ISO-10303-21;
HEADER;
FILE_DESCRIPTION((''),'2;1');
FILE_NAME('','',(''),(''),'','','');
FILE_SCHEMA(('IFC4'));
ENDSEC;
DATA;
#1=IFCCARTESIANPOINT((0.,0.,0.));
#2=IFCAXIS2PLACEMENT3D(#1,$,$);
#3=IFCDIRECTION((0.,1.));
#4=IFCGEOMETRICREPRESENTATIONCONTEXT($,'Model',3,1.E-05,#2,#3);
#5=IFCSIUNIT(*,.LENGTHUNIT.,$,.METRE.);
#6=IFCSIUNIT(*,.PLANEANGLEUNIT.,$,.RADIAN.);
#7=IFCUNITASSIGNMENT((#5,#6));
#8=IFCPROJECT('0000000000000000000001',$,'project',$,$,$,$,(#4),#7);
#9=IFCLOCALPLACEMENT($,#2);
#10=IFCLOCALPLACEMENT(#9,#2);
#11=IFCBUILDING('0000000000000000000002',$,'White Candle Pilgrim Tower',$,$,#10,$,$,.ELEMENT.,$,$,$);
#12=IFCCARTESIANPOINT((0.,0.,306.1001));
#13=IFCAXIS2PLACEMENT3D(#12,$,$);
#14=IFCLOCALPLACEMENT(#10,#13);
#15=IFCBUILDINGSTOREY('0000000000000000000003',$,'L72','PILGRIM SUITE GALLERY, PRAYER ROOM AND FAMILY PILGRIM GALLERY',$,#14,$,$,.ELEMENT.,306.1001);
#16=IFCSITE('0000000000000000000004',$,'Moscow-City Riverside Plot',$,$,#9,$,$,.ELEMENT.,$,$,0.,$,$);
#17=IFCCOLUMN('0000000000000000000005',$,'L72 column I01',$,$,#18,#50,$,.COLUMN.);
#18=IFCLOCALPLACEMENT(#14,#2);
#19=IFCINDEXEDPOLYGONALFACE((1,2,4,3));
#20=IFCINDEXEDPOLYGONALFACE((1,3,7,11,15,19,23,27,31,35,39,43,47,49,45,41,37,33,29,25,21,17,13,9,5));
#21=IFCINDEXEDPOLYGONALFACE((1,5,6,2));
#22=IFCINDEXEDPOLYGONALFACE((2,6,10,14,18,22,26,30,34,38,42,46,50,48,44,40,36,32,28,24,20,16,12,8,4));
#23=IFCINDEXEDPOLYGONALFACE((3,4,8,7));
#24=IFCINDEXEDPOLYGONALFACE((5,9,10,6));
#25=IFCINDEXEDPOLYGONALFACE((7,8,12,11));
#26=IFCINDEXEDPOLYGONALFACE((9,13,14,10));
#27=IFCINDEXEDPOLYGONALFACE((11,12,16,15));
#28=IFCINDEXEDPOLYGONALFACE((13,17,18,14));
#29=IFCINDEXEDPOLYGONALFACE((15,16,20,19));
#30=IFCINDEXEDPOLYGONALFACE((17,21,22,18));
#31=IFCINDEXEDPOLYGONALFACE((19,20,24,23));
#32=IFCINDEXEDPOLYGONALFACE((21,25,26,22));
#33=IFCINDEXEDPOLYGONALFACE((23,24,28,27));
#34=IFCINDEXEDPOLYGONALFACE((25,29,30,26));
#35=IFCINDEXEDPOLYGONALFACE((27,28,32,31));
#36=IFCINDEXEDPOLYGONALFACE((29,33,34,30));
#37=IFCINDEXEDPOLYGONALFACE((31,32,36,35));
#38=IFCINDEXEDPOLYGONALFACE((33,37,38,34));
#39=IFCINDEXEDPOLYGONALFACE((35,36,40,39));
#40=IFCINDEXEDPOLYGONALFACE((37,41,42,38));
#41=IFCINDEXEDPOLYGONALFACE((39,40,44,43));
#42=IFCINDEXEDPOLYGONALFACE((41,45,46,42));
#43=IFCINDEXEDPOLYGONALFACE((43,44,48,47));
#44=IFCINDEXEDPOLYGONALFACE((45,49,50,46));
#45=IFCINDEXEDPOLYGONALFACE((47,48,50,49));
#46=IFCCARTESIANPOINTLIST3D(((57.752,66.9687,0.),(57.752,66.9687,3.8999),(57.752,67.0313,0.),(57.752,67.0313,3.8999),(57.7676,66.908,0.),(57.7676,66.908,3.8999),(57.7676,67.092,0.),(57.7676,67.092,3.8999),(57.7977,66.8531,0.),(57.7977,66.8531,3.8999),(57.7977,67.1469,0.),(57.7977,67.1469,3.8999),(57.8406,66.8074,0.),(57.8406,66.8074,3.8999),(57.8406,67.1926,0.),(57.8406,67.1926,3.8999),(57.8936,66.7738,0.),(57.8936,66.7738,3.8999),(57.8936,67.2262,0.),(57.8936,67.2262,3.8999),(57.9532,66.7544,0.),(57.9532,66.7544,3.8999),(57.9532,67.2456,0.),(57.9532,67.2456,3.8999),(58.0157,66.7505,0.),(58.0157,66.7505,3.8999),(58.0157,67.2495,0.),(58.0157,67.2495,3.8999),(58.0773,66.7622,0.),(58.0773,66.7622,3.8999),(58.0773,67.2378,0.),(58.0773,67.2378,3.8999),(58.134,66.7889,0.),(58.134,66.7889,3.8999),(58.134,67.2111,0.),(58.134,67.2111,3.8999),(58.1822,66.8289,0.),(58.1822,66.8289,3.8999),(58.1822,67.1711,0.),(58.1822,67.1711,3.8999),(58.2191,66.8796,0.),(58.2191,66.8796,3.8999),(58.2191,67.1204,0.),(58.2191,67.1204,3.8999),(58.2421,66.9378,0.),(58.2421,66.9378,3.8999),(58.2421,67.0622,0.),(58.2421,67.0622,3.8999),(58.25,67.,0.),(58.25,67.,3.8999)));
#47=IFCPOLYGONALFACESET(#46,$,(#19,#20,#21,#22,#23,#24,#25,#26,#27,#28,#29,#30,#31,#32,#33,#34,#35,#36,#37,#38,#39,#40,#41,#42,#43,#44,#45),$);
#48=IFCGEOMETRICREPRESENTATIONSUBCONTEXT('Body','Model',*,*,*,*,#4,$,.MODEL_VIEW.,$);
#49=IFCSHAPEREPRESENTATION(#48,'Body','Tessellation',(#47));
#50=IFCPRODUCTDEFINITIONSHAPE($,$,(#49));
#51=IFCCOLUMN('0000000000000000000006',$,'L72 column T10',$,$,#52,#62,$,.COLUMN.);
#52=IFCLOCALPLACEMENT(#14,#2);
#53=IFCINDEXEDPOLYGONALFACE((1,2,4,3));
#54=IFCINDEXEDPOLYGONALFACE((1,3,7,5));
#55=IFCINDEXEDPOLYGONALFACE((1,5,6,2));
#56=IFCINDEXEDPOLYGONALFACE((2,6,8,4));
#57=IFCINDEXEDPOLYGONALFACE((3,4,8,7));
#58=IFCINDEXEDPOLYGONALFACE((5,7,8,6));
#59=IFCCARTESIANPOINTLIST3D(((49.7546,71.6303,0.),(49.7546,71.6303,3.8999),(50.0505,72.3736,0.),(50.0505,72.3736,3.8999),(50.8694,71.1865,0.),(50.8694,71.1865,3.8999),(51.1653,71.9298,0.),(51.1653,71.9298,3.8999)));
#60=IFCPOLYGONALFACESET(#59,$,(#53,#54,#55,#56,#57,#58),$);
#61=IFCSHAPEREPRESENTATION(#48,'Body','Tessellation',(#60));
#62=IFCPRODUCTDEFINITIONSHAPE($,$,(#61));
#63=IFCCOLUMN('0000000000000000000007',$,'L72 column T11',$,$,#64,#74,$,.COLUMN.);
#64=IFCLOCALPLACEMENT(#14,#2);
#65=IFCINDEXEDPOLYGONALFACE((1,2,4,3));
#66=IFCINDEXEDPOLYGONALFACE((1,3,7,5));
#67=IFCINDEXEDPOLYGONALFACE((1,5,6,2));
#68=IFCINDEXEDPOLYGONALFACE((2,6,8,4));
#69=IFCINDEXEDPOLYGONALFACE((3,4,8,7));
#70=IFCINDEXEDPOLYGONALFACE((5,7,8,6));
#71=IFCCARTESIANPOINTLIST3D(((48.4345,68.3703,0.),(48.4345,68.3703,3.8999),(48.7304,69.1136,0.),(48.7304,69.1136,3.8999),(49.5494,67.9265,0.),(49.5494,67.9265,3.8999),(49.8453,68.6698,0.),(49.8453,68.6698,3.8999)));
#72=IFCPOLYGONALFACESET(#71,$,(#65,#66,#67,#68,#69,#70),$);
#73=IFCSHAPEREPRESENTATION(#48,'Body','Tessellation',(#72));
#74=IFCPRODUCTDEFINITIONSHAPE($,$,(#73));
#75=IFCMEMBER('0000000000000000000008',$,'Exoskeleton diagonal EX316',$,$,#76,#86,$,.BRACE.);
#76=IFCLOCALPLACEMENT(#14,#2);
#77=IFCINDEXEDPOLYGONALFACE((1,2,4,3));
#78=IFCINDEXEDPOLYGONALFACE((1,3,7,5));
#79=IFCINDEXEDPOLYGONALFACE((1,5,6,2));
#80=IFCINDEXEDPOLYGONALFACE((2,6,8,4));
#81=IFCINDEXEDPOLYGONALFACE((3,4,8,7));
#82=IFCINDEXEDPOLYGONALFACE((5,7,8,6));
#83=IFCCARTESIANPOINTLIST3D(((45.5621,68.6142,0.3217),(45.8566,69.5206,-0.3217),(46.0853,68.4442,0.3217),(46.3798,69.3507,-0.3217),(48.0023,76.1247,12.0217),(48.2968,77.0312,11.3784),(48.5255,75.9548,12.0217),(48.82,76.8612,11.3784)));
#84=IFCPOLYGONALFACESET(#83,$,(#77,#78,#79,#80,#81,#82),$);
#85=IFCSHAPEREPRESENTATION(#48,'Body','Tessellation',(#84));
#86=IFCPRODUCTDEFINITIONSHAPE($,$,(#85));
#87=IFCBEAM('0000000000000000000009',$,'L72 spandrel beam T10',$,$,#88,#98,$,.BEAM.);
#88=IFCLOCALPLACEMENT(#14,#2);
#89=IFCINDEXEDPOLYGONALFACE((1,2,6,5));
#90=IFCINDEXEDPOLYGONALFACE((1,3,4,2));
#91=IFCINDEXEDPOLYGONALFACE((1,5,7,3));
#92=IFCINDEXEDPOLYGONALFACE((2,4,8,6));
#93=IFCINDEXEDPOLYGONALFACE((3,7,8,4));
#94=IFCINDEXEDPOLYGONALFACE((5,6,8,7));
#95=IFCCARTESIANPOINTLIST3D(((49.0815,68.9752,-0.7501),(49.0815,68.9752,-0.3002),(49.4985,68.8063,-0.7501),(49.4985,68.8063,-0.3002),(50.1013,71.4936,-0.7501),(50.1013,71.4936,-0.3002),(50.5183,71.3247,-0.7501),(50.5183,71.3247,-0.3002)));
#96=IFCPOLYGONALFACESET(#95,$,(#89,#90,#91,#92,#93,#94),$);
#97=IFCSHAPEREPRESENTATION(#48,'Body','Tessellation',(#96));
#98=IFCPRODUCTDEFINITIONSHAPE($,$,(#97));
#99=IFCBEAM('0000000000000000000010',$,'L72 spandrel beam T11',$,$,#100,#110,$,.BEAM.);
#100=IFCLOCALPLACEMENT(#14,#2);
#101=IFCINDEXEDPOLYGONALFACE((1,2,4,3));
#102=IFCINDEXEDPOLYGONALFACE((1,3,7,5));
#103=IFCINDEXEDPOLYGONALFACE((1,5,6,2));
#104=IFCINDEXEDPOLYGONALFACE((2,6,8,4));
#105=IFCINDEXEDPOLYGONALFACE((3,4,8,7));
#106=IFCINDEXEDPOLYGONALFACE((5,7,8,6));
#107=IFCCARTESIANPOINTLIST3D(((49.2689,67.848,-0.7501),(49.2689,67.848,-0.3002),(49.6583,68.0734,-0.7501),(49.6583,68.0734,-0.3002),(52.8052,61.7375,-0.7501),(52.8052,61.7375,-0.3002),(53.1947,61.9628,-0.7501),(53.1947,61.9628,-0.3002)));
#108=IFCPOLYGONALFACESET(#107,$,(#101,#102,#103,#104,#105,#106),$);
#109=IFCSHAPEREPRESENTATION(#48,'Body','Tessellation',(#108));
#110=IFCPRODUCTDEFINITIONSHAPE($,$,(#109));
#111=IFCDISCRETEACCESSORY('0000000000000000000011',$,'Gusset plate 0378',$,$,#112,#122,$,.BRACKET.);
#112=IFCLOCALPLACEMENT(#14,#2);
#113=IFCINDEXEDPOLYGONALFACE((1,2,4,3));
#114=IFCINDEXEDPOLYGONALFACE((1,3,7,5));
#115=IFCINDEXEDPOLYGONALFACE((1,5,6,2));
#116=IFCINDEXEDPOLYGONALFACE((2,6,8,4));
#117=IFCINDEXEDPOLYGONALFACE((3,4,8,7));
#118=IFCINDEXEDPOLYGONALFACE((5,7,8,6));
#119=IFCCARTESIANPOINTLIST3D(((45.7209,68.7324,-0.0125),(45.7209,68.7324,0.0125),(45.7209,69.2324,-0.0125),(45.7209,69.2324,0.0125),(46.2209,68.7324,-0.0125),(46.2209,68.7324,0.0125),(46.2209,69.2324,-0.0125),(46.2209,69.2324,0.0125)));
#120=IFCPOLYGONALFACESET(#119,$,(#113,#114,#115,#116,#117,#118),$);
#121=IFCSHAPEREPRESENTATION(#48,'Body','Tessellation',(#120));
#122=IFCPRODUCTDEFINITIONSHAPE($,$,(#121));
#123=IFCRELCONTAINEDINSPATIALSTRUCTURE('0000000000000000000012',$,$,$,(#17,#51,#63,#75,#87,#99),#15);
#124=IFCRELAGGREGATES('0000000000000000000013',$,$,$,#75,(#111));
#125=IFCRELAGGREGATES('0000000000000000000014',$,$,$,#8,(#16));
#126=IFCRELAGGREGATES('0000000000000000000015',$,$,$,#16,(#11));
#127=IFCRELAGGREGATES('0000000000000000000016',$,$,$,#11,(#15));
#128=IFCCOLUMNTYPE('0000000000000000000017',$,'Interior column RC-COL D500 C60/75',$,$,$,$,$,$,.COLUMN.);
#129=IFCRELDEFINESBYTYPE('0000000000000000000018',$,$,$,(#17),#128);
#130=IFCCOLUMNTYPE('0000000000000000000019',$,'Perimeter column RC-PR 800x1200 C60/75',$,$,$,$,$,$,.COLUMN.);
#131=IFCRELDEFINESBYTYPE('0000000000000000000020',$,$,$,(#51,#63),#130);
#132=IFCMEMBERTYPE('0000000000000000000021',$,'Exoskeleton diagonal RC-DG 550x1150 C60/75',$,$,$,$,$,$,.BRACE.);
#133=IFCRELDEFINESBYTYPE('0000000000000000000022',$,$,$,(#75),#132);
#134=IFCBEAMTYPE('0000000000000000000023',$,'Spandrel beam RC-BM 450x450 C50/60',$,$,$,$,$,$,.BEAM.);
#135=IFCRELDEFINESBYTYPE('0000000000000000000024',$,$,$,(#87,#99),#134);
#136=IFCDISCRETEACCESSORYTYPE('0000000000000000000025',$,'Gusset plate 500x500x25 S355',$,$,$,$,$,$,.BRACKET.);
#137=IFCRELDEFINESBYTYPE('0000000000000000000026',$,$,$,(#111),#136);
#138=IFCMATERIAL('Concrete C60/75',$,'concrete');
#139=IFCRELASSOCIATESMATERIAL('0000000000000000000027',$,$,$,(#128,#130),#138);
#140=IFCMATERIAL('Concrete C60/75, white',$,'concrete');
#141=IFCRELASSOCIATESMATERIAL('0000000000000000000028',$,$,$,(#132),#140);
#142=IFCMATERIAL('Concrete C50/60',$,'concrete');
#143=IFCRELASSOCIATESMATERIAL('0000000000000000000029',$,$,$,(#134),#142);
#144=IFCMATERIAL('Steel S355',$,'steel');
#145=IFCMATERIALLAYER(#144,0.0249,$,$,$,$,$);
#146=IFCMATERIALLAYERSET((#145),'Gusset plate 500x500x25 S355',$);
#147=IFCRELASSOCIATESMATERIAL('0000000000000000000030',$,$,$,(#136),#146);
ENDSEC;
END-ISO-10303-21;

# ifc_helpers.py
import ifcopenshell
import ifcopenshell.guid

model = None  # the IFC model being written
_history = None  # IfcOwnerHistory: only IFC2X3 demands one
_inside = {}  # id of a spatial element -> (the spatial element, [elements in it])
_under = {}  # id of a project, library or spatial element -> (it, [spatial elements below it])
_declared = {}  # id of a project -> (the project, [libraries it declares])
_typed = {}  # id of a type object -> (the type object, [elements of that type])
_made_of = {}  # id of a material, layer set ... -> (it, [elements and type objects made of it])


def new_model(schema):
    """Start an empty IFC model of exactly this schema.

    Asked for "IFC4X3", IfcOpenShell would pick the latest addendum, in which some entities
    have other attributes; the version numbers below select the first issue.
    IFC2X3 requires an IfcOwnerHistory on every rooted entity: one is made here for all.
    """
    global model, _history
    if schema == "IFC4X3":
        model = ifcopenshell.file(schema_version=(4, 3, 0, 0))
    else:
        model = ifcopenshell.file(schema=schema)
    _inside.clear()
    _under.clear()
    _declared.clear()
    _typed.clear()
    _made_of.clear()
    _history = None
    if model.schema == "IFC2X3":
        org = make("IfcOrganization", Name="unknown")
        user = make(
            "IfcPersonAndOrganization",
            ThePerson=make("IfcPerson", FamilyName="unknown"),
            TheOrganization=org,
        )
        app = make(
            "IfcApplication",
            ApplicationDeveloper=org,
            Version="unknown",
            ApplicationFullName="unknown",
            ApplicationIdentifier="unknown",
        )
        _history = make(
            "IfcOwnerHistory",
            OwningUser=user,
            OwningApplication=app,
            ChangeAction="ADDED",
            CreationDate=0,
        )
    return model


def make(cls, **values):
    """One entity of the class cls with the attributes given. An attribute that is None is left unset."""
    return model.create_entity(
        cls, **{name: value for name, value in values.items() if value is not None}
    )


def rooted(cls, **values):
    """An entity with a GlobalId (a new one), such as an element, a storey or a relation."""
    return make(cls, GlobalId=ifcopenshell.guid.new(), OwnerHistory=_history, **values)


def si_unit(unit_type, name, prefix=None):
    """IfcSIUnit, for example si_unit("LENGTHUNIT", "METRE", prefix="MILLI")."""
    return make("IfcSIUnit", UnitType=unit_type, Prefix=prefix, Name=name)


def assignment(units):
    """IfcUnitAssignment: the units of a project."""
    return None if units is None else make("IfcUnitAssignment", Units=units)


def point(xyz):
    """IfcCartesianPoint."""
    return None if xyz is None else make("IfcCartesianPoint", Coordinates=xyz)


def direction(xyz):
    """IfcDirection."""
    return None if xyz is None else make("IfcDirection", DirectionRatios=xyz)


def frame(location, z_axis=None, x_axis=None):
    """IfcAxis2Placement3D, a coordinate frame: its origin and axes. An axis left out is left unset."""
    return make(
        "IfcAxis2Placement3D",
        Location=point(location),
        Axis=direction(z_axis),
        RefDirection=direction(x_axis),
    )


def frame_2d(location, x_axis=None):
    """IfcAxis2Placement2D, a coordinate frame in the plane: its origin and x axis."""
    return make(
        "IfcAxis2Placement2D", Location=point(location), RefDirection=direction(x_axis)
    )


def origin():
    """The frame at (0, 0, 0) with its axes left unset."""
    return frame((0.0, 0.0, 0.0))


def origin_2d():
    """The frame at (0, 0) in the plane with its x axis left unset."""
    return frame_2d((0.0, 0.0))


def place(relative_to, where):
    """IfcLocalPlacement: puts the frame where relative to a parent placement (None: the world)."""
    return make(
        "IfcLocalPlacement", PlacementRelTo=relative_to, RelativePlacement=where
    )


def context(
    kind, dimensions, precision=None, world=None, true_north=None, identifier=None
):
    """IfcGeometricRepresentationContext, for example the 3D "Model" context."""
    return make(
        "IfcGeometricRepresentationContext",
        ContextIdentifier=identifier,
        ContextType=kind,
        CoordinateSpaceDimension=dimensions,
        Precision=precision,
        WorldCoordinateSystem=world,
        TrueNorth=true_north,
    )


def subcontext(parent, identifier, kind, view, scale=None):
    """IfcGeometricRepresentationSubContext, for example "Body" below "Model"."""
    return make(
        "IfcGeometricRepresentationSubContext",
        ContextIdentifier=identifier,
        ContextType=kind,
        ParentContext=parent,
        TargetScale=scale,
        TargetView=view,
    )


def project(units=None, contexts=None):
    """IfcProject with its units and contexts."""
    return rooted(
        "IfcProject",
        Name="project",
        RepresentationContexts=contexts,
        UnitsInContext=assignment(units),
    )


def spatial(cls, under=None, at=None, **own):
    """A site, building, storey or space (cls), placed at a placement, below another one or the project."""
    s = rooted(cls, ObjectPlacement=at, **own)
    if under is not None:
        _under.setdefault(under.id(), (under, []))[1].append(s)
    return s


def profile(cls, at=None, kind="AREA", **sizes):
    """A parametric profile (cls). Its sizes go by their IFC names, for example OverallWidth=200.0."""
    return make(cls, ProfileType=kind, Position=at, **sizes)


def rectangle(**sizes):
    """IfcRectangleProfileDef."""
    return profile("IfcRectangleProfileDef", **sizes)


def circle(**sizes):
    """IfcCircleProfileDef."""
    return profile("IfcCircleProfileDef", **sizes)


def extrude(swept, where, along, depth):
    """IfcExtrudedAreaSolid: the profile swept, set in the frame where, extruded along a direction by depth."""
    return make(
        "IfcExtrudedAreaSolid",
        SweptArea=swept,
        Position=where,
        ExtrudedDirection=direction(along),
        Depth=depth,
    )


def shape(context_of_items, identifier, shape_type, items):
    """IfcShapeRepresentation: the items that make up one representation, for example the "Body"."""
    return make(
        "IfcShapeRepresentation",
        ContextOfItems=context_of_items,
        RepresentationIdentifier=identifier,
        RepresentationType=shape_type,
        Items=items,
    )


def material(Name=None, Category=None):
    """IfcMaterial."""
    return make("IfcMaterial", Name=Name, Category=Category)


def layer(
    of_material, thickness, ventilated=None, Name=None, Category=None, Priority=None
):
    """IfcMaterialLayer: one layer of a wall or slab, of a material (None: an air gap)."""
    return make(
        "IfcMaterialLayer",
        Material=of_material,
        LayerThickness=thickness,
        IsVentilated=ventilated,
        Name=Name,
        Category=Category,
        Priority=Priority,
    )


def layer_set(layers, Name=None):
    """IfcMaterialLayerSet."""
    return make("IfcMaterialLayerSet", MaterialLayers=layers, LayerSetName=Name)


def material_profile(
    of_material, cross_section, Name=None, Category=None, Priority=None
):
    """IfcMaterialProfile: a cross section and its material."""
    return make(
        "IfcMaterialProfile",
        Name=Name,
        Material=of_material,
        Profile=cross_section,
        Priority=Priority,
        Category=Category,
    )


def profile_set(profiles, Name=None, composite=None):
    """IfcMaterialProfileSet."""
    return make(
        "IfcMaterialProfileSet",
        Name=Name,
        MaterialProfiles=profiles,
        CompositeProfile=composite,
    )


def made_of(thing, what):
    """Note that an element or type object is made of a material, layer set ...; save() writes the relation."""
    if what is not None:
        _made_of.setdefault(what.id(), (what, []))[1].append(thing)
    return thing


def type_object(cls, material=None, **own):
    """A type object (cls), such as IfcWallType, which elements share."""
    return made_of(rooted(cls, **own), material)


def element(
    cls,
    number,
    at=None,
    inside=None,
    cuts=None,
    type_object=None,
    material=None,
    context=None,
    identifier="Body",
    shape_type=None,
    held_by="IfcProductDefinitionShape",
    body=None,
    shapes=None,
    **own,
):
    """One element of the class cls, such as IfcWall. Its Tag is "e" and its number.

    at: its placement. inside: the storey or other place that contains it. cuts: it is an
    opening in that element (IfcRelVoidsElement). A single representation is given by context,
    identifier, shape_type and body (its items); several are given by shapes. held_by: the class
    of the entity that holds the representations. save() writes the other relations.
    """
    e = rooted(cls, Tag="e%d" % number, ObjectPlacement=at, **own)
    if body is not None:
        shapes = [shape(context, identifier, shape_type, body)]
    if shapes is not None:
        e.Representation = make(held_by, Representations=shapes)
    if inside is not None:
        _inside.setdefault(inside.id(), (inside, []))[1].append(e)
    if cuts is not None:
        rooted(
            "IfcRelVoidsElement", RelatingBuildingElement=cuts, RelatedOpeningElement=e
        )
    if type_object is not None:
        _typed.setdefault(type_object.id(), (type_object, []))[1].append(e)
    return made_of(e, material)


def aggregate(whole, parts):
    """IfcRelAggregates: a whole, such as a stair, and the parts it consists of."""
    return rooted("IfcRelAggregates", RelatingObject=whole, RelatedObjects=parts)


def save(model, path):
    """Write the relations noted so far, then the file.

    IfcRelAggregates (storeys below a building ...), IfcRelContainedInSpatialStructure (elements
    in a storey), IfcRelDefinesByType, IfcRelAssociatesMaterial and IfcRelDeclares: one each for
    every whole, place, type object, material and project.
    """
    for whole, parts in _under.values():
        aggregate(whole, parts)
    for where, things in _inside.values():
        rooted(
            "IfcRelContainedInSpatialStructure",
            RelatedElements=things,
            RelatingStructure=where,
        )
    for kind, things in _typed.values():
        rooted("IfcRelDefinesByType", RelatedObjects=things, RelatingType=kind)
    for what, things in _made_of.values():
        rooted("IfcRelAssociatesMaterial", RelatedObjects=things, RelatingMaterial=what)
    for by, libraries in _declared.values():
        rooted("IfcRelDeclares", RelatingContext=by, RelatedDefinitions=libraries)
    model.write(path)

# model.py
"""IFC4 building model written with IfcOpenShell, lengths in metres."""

from ifc_helpers import new_model, si_unit, direction, frame, origin, origin_2d, place, context, subcontext, project, spatial, rectangle, circle, extrude, material, layer, layer_set, material_profile, profile_set, type_object, element, aggregate, save


model = new_model("IFC4")

# Units and contexts
model_context = context("Model", 3, precision=1e-05, world=origin(), true_north=direction((0.0, 1.0)))
body_context = subcontext(model_context, "Body", "Model", "MODEL_VIEW")
ifc_project = project(units=[si_unit("LENGTHUNIT", "METRE"), si_unit("PLANEANGLEUNIT", "RADIAN")], contexts=[model_context])

# Site, building, storey
site_placement = place(None, origin())
site = spatial("IfcSite", under=ifc_project, at=site_placement, Name="Moscow-City Riverside Plot", CompositionType="ELEMENT", RefElevation=0.0)
building_placement = place(site_placement, origin())
building = spatial("IfcBuilding", under=site, at=building_placement, Name="White Candle Pilgrim Tower", CompositionType="ELEMENT")
storey_placement = place(building_placement, frame((0.0, 0.0, 306.1001)))
storey = spatial("IfcBuildingStorey", under=building, at=storey_placement, Name="L72", Description="PILGRIM SUITE GALLERY, PRAYER ROOM AND FAMILY PILGRIM GALLERY", CompositionType="ELEMENT", Elevation=306.1001)

# Columns
ifc_material_1 = material(Name="Concrete C60/75", Category="concrete")
ifc_material_profile_1 = material_profile(ifc_material_1, circle(Radius=0.25, at=origin_2d()), Name="RC-COL D500")
ifc_profile_set_1 = profile_set([ifc_material_profile_1], Name="Concrete C60/75")
column_type_1 = type_object("IfcColumnType", Name="Interior column RC-COL D500 C60/75", PredefinedType="COLUMN", material=ifc_profile_set_1)
column_placement = place(storey_placement, frame((58.0, 67.0, 0.0), z_axis=(0.0, 0.0, 1.0), x_axis=(1.0, 0.0, 0.0)))
element("IfcColumn", 1, at=column_placement, inside=storey, type_object=column_type_1, Name="L72 column I01", PredefinedType="COLUMN", context=body_context, shape_type="SweptSolid", body=[
    extrude(circle(Radius=0.25, at=origin_2d()), origin(), (0.0, 0.0, 1.0), 3.8999),
])
ifc_material_profile_2 = material_profile(ifc_material_1, rectangle(XDim=0.8, YDim=1.2, at=origin_2d()), Name="RC-PR 800x1200")
ifc_profile_set_2 = profile_set([ifc_material_profile_2], Name="Concrete C60/75")
column_type_2 = type_object("IfcColumnType", Name="Perimeter column RC-PR 800x1200 C60/75", PredefinedType="COLUMN", material=ifc_profile_set_2)
for number, where, z_axis, x_axis, name in (
    (2, (50.46, 71.78, 0.0), (0.0, 0.0, 1.0), (0.36986, 0.929087, 0.0), "L72 column T10"),
    (3, (49.1399, 68.52, 0.0), (0.0, 0.0, 1.0), (0.36986, 0.929087, 0.0), "L72 column T11"),
):
    element("IfcColumn", number, at=place(storey_placement, frame(where, z_axis=z_axis, x_axis=x_axis)), inside=storey, type_object=column_type_2, Name=name, PredefinedType="COLUMN", context=body_context, shape_type="SweptSolid", body=[
        extrude(rectangle(XDim=0.8, YDim=1.2, at=origin_2d()), origin(), (0.0, 0.0, 1.0), 3.8999),
    ])

# Member
ifc_material_2 = material(Name="Concrete C60/75, white", Category="concrete")
ifc_material_profile_3 = material_profile(ifc_material_2, rectangle(XDim=0.55, YDim=1.1499, at=origin_2d()), Name="RC-DG 550x1150")
ifc_profile_set_3 = profile_set([ifc_material_profile_3], Name="Concrete C60/75, white")
member_type = type_object("IfcMemberType", Name="Exoskeleton diagonal RC-DG 550x1150 C60/75", PredefinedType="BRACE", material=ifc_profile_set_3)
member_placement = place(storey_placement, frame((45.9709, 68.9824, 0.0), z_axis=(0.172871, 0.53207, 0.828865), x_axis=(-0.951061, 0.309003, 0.0)))
member = element("IfcMember", 4, at=member_placement, inside=storey, type_object=member_type, Name="Exoskeleton diagonal EX316", PredefinedType="BRACE", context=body_context, shape_type="SweptSolid", body=[
    extrude(rectangle(XDim=0.55, YDim=1.1499, at=origin_2d()), origin(), (0.0, 0.0, 1.0), 14.1157),
])

# Beams
ifc_material_3 = material(Name="Concrete C50/60", Category="concrete")
ifc_material_profile_4 = material_profile(ifc_material_3, rectangle(XDim=0.45, YDim=0.45, at=origin_2d()), Name="RC-BM 450x450")
ifc_profile_set_4 = profile_set([ifc_material_profile_4], Name="Concrete C50/60")
beam_type = type_object("IfcBeamType", Name="Spandrel beam RC-BM 450x450 C50/60", PredefinedType="BEAM", material=ifc_profile_set_4)
beam_1_placement = place(storey_placement, frame((50.3098, 71.4092, -0.5251), z_axis=(-0.375338, -0.926888, 0.0), x_axis=(0.926888, -0.375338, 0.0)))
element("IfcBeam", 5, at=beam_1_placement, inside=storey, type_object=beam_type, Name="L72 spandrel beam T10", PredefinedType="BEAM", context=body_context, shape_type="SweptSolid", body=[
    extrude(rectangle(XDim=0.45, YDim=0.45, at=origin_2d()), origin(), (0.0, 0.0, 1.0), 2.717),
])
beam_2_placement = place(storey_placement, frame((49.4636, 67.9607, -0.5251), z_axis=(0.500894, -0.865508, 0.0), x_axis=(0.865508, 0.500894, 0.0)))
element("IfcBeam", 6, at=beam_2_placement, inside=storey, type_object=beam_type, Name="L72 spandrel beam T11", PredefinedType="BEAM", context=body_context, shape_type="SweptSolid", body=[
    extrude(rectangle(XDim=0.45, YDim=0.45, at=origin_2d()), origin(), (0.0, 0.0, 1.0), 7.0601),
])

# Discrete accessory
ifc_material_4 = material(Name="Steel S355", Category="steel")
ifc_layer_1 = layer(ifc_material_4, 0.0249)
ifc_layer_set_1 = layer_set([ifc_layer_1], Name="Gusset plate 500x500x25 S355")
discrete_accessory_type = type_object("IfcDiscreteAccessoryType", Name="Gusset plate 500x500x25 S355", PredefinedType="BRACKET", material=ifc_layer_set_1)
discrete_accessory_placement = place(storey_placement, frame((45.9709, 68.9824, -0.0125), z_axis=(0.0, 0.0, 1.0), x_axis=(1.0, 0.0, 0.0)))
discrete_accessory = element("IfcDiscreteAccessory", 7, at=discrete_accessory_placement, type_object=discrete_accessory_type, Name="Gusset plate 0378", PredefinedType="BRACKET", context=body_context, shape_type="SweptSolid", body=[
    extrude(rectangle(XDim=0.5, YDim=0.5, at=origin_2d()), origin(), (0.0, 0.0, 1.0), 0.0249),
])
aggregate(member, [discrete_accessory])

save(model, "model.ifc")
